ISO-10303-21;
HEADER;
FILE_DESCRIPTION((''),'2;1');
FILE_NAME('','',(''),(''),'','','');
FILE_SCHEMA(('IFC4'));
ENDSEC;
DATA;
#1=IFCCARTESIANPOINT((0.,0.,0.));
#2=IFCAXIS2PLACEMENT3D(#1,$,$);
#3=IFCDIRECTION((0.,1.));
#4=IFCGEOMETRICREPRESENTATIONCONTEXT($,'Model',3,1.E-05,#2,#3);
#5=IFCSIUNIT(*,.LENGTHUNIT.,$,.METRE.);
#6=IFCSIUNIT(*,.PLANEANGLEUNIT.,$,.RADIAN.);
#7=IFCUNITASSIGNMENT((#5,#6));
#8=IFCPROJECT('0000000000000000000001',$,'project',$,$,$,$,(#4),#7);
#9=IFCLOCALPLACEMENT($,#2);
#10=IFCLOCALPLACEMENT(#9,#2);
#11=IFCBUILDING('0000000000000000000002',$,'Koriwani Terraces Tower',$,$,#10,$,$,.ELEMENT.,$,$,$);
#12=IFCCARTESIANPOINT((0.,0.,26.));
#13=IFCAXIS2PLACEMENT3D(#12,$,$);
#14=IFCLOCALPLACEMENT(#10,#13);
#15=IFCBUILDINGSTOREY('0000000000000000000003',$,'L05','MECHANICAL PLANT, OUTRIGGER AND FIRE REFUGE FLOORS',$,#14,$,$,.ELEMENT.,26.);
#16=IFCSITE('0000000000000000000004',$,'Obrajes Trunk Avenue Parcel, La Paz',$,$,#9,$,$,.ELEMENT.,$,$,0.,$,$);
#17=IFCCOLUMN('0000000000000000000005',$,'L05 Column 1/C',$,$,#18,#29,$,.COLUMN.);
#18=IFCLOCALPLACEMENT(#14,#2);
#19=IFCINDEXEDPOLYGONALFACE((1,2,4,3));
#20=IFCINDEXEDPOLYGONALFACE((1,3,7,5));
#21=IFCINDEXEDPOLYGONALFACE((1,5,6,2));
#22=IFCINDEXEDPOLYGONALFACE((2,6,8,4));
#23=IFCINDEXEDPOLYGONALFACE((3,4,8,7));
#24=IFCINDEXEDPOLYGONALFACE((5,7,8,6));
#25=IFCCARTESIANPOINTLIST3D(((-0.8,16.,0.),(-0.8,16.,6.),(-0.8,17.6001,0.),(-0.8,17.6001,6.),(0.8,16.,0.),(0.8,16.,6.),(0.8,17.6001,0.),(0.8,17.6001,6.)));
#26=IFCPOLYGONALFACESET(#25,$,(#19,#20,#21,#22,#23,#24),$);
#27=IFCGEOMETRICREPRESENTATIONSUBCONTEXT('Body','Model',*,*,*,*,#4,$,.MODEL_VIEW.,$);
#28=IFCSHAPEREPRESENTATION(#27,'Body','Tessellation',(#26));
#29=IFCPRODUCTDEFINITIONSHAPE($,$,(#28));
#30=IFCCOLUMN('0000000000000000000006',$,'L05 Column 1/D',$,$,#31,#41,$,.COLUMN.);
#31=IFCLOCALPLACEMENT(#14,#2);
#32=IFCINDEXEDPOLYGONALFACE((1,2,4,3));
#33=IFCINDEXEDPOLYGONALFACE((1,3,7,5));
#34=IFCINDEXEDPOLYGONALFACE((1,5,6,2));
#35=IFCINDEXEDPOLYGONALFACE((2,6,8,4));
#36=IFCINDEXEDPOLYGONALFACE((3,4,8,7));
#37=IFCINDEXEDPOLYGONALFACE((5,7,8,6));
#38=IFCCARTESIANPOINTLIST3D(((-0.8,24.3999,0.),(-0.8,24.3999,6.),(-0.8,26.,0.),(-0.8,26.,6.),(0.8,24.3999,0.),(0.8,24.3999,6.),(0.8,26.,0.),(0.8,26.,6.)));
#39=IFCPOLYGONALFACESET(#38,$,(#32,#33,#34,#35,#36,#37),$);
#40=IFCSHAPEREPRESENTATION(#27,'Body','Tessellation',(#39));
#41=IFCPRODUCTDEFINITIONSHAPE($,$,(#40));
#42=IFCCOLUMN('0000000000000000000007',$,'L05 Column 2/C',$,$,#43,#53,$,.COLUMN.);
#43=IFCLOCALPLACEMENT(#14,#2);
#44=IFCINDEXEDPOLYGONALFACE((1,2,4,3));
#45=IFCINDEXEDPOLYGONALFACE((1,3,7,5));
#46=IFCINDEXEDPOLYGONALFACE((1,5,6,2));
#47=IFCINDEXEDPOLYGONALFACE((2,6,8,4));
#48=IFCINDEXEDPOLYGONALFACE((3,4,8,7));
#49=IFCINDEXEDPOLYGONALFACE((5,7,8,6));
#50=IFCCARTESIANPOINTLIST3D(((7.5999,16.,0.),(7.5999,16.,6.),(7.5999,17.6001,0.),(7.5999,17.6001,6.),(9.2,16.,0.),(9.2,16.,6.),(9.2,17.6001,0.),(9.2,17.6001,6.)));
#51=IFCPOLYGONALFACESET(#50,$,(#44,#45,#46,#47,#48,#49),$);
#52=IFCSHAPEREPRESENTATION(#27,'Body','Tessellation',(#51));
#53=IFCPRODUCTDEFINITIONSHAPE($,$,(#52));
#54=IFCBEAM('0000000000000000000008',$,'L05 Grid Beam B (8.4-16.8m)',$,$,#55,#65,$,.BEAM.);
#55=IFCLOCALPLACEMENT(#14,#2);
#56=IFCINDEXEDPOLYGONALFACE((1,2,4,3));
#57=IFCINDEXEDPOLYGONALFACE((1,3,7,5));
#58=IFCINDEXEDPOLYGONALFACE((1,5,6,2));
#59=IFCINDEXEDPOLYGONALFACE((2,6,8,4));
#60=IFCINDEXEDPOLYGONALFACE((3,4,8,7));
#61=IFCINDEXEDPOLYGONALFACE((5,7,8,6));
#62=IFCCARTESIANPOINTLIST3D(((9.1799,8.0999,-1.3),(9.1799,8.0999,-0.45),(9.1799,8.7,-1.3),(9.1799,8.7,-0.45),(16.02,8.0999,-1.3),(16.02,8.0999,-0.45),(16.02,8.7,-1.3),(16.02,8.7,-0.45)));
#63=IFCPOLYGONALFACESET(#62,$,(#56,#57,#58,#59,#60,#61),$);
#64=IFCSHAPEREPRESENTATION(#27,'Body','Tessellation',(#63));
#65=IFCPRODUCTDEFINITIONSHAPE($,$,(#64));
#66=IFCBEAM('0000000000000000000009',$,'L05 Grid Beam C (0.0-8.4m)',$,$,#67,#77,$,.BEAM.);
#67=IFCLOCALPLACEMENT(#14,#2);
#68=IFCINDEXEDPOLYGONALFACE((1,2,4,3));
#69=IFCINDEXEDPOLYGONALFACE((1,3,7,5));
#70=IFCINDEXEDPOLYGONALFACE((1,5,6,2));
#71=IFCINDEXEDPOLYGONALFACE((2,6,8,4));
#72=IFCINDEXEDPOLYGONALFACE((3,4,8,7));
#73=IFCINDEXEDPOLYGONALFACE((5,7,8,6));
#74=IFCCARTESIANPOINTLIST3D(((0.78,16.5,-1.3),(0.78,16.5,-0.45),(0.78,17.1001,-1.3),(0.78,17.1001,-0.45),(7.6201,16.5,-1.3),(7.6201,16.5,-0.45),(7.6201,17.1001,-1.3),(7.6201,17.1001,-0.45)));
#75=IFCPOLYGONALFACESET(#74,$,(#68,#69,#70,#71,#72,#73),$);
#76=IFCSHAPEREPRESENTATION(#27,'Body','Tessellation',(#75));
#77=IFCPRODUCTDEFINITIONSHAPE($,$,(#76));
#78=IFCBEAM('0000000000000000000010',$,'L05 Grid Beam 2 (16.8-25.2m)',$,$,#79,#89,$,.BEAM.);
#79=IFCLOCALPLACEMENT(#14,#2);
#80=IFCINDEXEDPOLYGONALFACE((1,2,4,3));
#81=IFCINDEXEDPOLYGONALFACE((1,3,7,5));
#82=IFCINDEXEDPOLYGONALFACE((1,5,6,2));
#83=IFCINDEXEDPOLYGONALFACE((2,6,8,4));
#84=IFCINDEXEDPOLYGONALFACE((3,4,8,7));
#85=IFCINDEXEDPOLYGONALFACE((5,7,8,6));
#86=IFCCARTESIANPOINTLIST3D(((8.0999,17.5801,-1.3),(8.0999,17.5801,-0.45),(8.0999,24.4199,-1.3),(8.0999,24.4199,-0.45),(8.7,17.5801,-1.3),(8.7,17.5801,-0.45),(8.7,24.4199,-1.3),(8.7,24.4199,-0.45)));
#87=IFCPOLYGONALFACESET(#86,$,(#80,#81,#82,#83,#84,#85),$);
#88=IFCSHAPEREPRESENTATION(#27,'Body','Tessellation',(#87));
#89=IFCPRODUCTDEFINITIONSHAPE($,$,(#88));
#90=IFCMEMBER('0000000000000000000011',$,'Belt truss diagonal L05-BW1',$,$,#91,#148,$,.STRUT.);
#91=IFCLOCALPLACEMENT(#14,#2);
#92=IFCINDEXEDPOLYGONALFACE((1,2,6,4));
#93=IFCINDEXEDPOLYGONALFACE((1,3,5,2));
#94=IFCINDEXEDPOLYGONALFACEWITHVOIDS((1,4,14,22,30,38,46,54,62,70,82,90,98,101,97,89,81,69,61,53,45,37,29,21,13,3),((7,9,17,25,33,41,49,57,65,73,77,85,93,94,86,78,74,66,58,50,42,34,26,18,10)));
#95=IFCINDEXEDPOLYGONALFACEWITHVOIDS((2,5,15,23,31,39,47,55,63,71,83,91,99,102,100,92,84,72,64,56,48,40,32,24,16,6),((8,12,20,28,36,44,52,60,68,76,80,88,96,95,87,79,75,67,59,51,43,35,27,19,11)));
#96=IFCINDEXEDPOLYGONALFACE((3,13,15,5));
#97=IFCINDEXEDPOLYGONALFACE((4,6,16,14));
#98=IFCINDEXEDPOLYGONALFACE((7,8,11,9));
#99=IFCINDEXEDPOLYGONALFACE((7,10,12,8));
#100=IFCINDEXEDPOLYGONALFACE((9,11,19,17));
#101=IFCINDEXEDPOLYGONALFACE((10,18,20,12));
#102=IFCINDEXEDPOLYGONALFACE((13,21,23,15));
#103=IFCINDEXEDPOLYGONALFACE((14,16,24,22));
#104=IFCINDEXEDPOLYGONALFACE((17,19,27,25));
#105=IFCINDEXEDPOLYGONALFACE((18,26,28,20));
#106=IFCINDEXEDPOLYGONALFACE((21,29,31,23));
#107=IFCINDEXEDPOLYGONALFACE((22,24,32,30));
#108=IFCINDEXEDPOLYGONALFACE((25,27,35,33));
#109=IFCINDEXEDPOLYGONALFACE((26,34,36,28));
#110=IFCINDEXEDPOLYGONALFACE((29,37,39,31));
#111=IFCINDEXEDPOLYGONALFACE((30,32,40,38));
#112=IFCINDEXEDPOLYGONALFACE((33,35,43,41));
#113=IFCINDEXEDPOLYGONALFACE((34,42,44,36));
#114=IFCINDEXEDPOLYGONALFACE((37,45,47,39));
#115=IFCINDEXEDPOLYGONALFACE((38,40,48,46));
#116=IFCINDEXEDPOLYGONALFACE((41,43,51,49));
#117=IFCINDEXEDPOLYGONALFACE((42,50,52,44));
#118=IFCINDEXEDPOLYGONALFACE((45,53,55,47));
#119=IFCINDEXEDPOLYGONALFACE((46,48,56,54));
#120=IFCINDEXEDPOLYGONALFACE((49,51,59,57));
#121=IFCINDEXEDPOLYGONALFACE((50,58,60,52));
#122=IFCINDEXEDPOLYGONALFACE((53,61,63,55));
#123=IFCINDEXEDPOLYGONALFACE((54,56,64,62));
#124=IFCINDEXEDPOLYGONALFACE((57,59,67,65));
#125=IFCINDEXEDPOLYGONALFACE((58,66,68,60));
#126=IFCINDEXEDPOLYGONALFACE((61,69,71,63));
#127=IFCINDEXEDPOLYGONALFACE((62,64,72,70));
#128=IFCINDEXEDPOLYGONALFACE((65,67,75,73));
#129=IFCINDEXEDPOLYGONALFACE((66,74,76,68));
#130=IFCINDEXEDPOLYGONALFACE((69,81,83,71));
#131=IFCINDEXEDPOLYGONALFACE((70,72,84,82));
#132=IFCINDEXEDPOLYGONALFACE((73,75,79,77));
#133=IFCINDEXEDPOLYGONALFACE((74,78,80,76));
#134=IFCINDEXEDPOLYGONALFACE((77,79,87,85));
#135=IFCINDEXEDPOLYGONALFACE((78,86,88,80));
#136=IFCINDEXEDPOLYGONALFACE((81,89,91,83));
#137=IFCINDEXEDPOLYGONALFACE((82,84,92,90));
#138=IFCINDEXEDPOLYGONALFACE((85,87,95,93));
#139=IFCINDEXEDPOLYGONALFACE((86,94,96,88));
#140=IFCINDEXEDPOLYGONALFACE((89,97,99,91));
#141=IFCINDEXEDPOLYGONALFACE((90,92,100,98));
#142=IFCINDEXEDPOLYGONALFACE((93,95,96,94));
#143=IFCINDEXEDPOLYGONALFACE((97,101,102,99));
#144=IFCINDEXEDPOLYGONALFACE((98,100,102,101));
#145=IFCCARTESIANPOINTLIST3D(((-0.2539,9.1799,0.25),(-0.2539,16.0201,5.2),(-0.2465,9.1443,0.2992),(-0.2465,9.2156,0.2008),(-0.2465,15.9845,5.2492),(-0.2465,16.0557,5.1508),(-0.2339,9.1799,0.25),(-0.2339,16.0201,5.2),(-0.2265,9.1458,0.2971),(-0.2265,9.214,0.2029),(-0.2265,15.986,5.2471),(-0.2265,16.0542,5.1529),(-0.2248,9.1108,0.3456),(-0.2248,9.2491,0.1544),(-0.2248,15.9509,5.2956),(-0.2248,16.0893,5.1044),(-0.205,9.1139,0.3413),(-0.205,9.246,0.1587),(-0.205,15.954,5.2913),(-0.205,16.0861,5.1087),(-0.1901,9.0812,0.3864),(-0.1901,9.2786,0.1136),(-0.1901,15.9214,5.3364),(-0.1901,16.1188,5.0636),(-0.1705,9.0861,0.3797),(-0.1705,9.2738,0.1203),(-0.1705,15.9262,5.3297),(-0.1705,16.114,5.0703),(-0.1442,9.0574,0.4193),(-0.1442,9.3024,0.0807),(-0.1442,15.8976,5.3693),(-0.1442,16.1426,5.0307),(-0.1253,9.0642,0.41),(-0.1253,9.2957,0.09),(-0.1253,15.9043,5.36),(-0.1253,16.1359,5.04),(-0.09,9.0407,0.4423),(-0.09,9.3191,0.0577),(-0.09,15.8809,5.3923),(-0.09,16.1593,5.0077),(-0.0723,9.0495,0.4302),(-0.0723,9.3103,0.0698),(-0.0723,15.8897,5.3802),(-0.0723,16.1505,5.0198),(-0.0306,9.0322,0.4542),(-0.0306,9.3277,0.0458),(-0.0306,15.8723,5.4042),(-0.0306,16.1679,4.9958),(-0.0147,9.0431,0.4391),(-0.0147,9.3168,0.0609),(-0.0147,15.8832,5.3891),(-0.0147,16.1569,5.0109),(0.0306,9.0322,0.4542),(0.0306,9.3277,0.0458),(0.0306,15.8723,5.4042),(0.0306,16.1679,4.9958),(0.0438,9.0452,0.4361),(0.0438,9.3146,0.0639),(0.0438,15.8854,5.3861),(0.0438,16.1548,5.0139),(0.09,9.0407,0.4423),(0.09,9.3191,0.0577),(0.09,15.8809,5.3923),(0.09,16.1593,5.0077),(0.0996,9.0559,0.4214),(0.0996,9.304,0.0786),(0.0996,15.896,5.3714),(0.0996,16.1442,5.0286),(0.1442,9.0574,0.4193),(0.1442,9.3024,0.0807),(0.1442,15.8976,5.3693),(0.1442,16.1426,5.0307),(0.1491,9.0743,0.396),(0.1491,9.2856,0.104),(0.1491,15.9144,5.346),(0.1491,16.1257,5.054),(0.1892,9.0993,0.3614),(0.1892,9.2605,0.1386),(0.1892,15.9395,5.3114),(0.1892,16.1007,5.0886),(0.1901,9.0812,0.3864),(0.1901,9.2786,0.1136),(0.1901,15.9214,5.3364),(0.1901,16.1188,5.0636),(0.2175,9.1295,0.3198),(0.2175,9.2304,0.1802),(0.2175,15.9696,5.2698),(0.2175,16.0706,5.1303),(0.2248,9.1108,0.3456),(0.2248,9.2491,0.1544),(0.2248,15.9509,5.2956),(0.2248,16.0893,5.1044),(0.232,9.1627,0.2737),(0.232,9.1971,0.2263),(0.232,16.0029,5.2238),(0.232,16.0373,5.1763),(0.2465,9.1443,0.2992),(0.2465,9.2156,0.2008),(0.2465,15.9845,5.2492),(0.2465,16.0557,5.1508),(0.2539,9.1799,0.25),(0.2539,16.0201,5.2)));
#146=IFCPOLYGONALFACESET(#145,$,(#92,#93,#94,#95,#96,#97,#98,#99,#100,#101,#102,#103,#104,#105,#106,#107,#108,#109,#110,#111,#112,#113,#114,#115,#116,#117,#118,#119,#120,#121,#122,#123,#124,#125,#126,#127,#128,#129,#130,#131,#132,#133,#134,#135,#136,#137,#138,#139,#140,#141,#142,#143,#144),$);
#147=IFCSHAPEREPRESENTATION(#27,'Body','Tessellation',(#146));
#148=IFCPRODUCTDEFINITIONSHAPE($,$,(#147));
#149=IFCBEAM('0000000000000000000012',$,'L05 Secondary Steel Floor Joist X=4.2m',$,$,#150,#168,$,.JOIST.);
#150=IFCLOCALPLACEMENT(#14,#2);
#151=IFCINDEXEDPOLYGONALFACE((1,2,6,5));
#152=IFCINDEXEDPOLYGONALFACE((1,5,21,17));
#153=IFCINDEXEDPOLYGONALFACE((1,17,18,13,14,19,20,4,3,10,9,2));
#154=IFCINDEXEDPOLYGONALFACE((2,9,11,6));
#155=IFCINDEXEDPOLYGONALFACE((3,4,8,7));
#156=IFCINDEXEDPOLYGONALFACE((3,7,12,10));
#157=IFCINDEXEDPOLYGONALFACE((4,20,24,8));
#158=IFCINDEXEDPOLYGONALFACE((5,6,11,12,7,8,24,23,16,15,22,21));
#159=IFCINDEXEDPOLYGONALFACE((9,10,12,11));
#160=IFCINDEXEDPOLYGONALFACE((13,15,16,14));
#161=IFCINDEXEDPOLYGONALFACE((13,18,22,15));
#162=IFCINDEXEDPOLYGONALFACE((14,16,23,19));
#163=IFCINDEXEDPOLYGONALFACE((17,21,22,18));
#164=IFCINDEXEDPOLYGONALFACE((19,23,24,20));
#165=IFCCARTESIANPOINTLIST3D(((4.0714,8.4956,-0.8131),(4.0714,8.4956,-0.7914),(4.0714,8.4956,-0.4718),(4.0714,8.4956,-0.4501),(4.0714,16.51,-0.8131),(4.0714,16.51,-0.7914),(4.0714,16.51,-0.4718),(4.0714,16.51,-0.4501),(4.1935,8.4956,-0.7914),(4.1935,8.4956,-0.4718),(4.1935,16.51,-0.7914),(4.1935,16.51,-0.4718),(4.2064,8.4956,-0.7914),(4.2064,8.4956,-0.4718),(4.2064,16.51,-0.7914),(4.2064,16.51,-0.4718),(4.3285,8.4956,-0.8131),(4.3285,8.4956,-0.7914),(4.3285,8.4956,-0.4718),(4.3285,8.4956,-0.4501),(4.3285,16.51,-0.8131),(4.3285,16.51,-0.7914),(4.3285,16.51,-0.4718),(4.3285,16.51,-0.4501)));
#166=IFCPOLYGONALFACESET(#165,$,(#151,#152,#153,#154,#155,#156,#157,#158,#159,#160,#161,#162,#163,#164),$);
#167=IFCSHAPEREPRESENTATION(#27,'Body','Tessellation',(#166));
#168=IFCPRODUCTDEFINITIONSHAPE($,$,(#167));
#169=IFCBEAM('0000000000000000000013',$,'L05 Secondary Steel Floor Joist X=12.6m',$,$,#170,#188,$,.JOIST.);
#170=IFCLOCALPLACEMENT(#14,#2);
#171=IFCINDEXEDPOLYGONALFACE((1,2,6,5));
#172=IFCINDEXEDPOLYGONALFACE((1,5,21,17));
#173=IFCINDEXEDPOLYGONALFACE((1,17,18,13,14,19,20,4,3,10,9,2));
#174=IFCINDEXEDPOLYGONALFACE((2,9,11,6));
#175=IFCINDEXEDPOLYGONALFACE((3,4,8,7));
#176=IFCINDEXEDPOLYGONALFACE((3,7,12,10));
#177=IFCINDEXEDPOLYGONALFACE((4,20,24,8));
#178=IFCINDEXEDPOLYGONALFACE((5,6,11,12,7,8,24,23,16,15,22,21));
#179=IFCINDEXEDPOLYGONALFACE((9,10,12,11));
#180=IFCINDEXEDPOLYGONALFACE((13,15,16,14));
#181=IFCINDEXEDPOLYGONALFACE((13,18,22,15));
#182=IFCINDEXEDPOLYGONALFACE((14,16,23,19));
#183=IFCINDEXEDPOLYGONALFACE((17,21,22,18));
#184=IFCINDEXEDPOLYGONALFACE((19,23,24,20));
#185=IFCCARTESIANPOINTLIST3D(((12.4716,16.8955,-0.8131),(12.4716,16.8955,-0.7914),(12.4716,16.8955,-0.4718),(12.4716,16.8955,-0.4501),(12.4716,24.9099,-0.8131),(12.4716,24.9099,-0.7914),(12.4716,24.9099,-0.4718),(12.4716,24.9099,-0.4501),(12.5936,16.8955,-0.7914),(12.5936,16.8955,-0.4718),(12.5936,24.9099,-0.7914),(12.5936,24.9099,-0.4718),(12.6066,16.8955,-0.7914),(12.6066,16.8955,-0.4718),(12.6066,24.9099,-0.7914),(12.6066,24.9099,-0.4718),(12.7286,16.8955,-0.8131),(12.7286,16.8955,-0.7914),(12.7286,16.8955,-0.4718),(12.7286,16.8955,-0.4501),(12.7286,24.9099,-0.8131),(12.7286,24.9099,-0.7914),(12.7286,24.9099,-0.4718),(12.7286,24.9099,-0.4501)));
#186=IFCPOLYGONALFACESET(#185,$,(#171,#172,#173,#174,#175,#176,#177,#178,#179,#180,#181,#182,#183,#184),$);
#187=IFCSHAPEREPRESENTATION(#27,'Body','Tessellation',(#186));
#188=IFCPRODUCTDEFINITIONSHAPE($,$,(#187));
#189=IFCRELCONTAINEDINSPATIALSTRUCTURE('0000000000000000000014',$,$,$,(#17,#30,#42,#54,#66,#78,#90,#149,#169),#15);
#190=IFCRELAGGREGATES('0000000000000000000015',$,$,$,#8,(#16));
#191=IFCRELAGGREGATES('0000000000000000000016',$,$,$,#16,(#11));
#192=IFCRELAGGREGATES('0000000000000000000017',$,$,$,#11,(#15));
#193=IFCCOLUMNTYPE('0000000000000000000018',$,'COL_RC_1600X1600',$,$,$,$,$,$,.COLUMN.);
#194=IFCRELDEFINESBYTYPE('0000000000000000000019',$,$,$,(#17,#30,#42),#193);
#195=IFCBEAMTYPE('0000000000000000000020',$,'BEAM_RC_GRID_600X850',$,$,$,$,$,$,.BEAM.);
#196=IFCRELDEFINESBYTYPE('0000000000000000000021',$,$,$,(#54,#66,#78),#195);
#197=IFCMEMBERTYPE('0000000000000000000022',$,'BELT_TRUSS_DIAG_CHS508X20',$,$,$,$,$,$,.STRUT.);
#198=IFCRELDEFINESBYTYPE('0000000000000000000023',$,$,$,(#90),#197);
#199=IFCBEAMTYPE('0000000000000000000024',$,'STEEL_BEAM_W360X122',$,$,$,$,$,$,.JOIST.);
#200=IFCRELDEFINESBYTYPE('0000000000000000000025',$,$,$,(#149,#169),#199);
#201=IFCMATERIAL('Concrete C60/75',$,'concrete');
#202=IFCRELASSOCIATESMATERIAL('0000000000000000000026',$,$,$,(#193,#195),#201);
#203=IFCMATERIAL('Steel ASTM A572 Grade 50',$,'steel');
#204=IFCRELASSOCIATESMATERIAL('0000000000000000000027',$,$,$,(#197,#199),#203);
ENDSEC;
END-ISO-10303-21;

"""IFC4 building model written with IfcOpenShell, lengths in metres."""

from ifc_helpers import new_model, si_unit, direction, frame, origin, origin_2d, place, context, subcontext, project, spatial, rectangle, hollow_circle, i_section, extrude, material, material_profile, profile_set, type_object, element, save


model = new_model("IFC4")

# Units and contexts
model_context = context("Model", 3, precision=1e-05, world=origin(), true_north=direction((0.0, 1.0)))
body_context = subcontext(model_context, "Body", "Model", "MODEL_VIEW")
ifc_project = project(units=[si_unit("LENGTHUNIT", "METRE"), si_unit("PLANEANGLEUNIT", "RADIAN")], contexts=[model_context])

# Site, building, storey
site_placement = place(None, origin())
site = spatial("IfcSite", under=ifc_project, at=site_placement, Name="Obrajes Trunk Avenue Parcel, La Paz", CompositionType="ELEMENT", RefElevation=0.0)
building_placement = place(site_placement, origin())
building = spatial("IfcBuilding", under=site, at=building_placement, Name="Koriwani Terraces Tower", CompositionType="ELEMENT")
storey_placement = place(building_placement, frame((0.0, 0.0, 26.0)))
storey = spatial("IfcBuildingStorey", under=building, at=storey_placement, Name="L05", Description="MECHANICAL PLANT, OUTRIGGER AND FIRE REFUGE FLOORS", CompositionType="ELEMENT", Elevation=26.0)

# Columns
ifc_material_1 = material(Name="Concrete C60/75", Category="concrete")
ifc_material_profile_1 = material_profile(ifc_material_1, rectangle(XDim=1.6001, YDim=1.6001, at=origin_2d()), Name="Concrete C60/75", Category="LoadBearing")
ifc_profile_set_1 = profile_set([ifc_material_profile_1], Name="Concrete C60/75")
column_type = type_object("IfcColumnType", Name="COL_RC_1600X1600", PredefinedType="COLUMN", material=ifc_profile_set_1)
for number, where, z_axis, x_axis, name in (
    (1, (0.0, 16.8, 0.0), (0.0, 0.0, 1.0), (1.0, 0.0, 0.0), "L05 Column 1/C"),
    (2, (0.0, 25.2, 0.0), (0.0, 0.0, 1.0), (1.0, 0.0, 0.0), "L05 Column 1/D"),
    (3, (8.3999, 16.8, 0.0), (0.0, 0.0, 1.0), (1.0, 0.0, 0.0), "L05 Column 2/C"),
):
    element("IfcColumn", number, at=place(storey_placement, frame(where, z_axis=z_axis, x_axis=x_axis)), inside=storey, type_object=column_type, Name=name, PredefinedType="COLUMN", context=body_context, shape_type="SweptSolid", body=[
        extrude(rectangle(XDim=1.6001, YDim=1.6001, at=origin_2d()), origin(), (0.0, 0.0, 1.0), 6.0),
    ])

# Beams
ifc_material_profile_2 = material_profile(ifc_material_1, rectangle(XDim=0.6001, YDim=0.8501, at=origin_2d()), Name="Concrete C60/75", Category="LoadBearing")
ifc_profile_set_2 = profile_set([ifc_material_profile_2], Name="Concrete C60/75")
beam_type_1 = type_object("IfcBeamType", Name="BEAM_RC_GRID_600X850", PredefinedType="BEAM", material=ifc_profile_set_2)
for number, where, z_axis, x_axis, name in (
    (4, (9.1799, 8.3999, -0.875), (1.0, 0.0, 0.0), (0.0, 1.0, 0.0), "L05 Grid Beam B (8.4-16.8m)"),
    (5, (0.78, 16.8, -0.875), (1.0, 0.0, 0.0), (0.0, 1.0, 0.0), "L05 Grid Beam C (0.0-8.4m)"),
):
    element("IfcBeam", number, at=place(storey_placement, frame(where, z_axis=z_axis, x_axis=x_axis)), inside=storey, type_object=beam_type_1, Name=name, PredefinedType="BEAM", context=body_context, shape_type="SweptSolid", body=[
        extrude(rectangle(XDim=0.6001, YDim=0.8501, at=origin_2d()), origin(), (0.0, 0.0, 1.0), 6.8401),
    ])
beam_1_placement = place(storey_placement, frame((8.3999, 17.5801, -0.875), z_axis=(0.0, 1.0, 0.0), x_axis=(-1.0, 0.0, 0.0)))
element("IfcBeam", 6, at=beam_1_placement, inside=storey, type_object=beam_type_1, Name="L05 Grid Beam 2 (16.8-25.2m)", PredefinedType="BEAM", context=body_context, shape_type="SweptSolid", body=[
    extrude(rectangle(XDim=0.6001, YDim=0.8501, at=origin_2d()), origin(), (0.0, 0.0, 1.0), 6.8398),
])

# Member
ifc_material_2 = material(Name="Steel ASTM A572 Grade 50", Category="steel")
ifc_material_profile_3 = material_profile(ifc_material_2, hollow_circle(Radius=0.2539, WallThickness=0.02, at=origin_2d()), Name="Steel ASTM A572 Grade 50", Category="LoadBearing")
ifc_profile_set_3 = profile_set([ifc_material_profile_3], Name="Steel ASTM A572 Grade 50")
member_type = type_object("IfcMemberType", Name="BELT_TRUSS_DIAG_CHS508X20", PredefinedType="STRUT", material=ifc_profile_set_3)
member_placement = place(storey_placement, frame((0.0, 9.1799, 0.25), z_axis=(0.0, 0.810123, 0.58626), x_axis=(-1.0, 0.0, 0.0)))
element("IfcMember", 7, at=member_placement, inside=storey, type_object=member_type, Name="Belt truss diagonal L05-BW1", PredefinedType="STRUT", context=body_context, shape_type="SweptSolid", body=[
    extrude(hollow_circle(Radius=0.2539, WallThickness=0.02, at=origin_2d()), origin(), (0.0, 0.0, 1.0), 8.4434),
])

# Beams
ifc_material_profile_4 = material_profile(ifc_material_2, i_section(OverallWidth=0.2571, OverallDepth=0.363, WebThickness=0.0129, FlangeThickness=0.0217, at=origin_2d()), Name="Steel ASTM A572 Grade 50", Category="LoadBearing")
ifc_profile_set_4 = profile_set([ifc_material_profile_4], Name="Steel ASTM A572 Grade 50")
beam_type_2 = type_object("IfcBeamType", Name="STEEL_BEAM_W360X122", PredefinedType="JOIST", material=ifc_profile_set_4)
for number, where, z_axis, x_axis, name in (
    (8, (4.2, 8.4956, -0.6316), (0.0, 1.0, 0.0), (-1.0, 0.0, 0.0), "L05 Secondary Steel Floor Joist X=4.2m"),
    (9, (12.6001, 16.8955, -0.6316), (0.0, 1.0, 0.0), (-1.0, 0.0, 0.0), "L05 Secondary Steel Floor Joist X=12.6m"),
):
    element("IfcBeam", number, at=place(storey_placement, frame(where, z_axis=z_axis, x_axis=x_axis)), inside=storey, type_object=beam_type_2, Name=name, PredefinedType="JOIST", context=body_context, shape_type="SweptSolid", body=[
        extrude(i_section(OverallWidth=0.2571, OverallDepth=0.363, WebThickness=0.0129, FlangeThickness=0.0217, at=origin_2d()), origin(), (0.0, 0.0, 1.0), 8.0144),
    ])

save(model, "model.ifc")
